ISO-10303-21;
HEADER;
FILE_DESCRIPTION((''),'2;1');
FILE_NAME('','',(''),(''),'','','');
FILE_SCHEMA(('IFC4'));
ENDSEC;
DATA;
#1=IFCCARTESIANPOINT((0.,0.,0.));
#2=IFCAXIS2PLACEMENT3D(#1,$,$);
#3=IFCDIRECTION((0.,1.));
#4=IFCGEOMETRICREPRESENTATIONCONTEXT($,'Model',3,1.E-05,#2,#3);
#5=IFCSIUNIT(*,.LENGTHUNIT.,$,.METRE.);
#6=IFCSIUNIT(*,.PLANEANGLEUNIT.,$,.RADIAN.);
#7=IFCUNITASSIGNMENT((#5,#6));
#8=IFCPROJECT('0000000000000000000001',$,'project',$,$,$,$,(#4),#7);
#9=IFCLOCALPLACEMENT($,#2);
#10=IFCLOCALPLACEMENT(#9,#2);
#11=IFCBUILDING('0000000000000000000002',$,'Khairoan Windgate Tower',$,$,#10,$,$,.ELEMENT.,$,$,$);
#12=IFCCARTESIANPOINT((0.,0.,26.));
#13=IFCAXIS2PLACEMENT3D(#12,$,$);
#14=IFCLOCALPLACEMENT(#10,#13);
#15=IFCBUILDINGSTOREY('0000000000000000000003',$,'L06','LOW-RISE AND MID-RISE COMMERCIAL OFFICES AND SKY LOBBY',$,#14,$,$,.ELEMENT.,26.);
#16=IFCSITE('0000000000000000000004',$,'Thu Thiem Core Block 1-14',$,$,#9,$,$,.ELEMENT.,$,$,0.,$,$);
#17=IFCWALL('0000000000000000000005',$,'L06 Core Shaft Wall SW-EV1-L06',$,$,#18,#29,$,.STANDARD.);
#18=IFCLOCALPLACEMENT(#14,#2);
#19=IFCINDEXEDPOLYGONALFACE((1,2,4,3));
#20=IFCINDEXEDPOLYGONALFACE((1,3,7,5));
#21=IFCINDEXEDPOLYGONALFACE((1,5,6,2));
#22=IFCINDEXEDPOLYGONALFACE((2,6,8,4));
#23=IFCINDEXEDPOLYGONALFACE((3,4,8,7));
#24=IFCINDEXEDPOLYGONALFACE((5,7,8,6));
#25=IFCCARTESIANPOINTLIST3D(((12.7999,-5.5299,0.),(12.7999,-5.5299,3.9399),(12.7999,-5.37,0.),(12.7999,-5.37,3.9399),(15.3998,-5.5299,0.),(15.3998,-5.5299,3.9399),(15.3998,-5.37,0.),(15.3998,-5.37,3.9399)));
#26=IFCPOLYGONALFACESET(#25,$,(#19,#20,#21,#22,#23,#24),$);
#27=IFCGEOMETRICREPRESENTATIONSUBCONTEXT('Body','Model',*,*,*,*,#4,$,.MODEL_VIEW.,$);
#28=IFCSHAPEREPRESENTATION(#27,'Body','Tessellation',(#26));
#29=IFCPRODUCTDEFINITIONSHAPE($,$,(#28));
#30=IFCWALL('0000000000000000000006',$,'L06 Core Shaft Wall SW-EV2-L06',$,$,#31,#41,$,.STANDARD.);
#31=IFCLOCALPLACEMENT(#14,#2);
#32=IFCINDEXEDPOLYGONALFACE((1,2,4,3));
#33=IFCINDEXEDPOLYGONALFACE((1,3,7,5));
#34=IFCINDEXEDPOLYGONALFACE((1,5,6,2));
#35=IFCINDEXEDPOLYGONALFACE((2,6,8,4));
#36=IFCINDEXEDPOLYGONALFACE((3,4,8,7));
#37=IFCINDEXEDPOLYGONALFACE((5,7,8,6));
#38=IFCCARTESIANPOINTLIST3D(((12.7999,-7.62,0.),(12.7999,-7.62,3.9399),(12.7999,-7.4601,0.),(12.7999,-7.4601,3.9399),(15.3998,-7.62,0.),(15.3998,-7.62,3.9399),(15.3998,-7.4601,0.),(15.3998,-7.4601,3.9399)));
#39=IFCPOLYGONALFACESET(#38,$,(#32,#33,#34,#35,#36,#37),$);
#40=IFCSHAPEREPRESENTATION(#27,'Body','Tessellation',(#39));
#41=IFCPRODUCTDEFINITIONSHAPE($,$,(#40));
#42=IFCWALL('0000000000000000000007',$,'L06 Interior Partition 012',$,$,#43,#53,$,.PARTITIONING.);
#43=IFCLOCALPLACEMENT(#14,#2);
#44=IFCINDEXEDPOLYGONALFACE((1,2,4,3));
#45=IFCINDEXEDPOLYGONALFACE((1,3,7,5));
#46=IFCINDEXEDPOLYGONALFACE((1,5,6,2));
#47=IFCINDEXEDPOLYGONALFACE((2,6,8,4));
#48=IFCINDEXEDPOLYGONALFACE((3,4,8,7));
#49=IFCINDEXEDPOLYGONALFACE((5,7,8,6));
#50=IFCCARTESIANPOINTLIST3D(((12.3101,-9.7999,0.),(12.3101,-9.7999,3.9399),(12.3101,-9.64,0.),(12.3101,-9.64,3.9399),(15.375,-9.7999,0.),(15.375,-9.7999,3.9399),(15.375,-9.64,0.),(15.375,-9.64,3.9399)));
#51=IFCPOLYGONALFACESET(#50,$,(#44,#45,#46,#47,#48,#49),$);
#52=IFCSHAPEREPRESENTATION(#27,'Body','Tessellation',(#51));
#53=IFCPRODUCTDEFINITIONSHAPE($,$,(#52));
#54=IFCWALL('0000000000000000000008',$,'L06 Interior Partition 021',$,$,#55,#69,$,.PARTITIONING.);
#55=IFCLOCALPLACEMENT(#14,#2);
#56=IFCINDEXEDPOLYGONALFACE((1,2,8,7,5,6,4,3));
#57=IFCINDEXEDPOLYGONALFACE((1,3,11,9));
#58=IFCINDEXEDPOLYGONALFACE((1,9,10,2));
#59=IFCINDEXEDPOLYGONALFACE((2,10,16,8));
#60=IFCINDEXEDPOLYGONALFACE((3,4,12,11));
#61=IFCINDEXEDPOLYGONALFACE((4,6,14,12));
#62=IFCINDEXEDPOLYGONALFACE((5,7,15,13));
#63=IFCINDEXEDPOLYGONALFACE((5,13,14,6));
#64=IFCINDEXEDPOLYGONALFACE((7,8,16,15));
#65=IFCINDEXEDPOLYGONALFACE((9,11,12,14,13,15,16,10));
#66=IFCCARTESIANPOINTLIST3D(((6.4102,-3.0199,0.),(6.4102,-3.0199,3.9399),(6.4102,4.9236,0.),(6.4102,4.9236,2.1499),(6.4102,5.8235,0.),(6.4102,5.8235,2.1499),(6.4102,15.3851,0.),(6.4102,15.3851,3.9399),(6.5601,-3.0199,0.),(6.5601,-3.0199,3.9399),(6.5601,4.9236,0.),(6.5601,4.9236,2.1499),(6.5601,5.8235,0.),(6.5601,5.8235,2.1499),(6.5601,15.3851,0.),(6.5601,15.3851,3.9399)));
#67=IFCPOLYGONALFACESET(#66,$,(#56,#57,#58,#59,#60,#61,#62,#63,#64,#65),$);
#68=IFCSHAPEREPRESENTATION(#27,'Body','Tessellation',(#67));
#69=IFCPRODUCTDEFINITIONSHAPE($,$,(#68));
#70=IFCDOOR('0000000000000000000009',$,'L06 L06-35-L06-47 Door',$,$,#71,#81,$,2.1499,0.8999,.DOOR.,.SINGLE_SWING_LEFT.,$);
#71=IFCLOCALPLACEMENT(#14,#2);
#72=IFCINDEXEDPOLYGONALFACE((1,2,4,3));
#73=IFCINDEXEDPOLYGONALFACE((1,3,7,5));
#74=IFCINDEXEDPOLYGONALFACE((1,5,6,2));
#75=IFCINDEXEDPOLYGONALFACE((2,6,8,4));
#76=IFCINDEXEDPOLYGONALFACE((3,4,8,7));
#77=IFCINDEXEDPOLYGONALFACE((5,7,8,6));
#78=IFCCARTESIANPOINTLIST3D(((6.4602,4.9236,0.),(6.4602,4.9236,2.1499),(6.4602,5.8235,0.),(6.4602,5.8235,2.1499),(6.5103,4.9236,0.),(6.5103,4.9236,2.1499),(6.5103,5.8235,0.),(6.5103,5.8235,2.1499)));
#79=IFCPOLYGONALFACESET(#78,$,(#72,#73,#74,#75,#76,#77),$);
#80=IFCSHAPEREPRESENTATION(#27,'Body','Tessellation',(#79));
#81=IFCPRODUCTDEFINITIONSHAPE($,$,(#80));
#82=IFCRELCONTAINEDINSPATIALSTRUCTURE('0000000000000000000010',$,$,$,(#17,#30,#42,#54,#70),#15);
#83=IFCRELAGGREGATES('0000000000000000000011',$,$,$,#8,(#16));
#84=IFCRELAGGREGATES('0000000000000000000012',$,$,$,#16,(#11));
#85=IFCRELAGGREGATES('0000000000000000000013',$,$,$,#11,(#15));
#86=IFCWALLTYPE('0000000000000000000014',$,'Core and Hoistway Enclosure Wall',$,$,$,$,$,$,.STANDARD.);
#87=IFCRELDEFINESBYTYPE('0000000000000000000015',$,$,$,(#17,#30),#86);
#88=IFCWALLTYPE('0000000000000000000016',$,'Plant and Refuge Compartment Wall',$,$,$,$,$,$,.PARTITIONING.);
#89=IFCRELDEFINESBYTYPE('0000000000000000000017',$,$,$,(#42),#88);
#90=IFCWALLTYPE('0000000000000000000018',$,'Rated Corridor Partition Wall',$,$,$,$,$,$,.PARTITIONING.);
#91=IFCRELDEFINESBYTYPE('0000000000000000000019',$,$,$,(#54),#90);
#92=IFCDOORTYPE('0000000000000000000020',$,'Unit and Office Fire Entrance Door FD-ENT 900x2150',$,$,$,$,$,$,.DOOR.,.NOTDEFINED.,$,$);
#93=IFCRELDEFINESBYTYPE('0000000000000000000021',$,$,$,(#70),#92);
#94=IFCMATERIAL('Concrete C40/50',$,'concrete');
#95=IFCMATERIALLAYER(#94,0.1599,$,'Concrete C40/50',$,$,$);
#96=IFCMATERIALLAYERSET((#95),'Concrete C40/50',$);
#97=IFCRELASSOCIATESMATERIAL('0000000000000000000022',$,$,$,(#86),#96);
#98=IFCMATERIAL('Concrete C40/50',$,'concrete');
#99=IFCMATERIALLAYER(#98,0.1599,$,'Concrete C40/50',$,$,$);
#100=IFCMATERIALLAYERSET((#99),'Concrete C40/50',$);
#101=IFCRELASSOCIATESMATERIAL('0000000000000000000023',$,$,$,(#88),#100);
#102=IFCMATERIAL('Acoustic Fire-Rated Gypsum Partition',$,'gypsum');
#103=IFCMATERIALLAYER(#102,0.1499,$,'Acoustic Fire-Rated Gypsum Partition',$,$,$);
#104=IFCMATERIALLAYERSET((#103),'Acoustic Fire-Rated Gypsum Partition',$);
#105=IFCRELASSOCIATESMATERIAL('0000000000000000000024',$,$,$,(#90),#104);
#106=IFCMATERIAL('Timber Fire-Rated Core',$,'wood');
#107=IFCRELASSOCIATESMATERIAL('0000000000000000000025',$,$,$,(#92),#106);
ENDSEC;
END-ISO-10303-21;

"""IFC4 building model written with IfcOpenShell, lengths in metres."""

from ifc_helpers import new_model, si_unit, direction, frame, frame_2d, origin, place, context, subcontext, project, spatial, rectangle, extrude, material, layer, layer_set, type_object, element, fill, save


model = new_model("IFC4")

# Units and contexts
model_context = context("Model", 3, precision=1e-05, world=origin(), true_north=direction((0.0, 1.0)))
body_context = subcontext(model_context, "Body", "Model", "MODEL_VIEW")
ifc_project = project(units=[si_unit("LENGTHUNIT", "METRE"), si_unit("PLANEANGLEUNIT", "RADIAN")], contexts=[model_context])

# Site, building, storey
site_placement = place(None, origin())
site = spatial("IfcSite", under=ifc_project, at=site_placement, Name="Thu Thiem Core Block 1-14", CompositionType="ELEMENT", RefElevation=0.0)
building_placement = place(site_placement, origin())
building = spatial("IfcBuilding", under=site, at=building_placement, Name="Khairoan Windgate Tower", CompositionType="ELEMENT")
storey_placement = place(building_placement, frame((0.0, 0.0, 26.0)))
storey = spatial("IfcBuildingStorey", under=building, at=storey_placement, Name="L06", Description="LOW-RISE AND MID-RISE COMMERCIAL OFFICES AND SKY LOBBY", CompositionType="ELEMENT", Elevation=26.0)

# Shared definitions
ifc_material_1 = material(Name="Concrete C40/50", Category="concrete")
ifc_layer_1 = layer(ifc_material_1, 0.1599, Name="Concrete C40/50")
ifc_layer_set_1 = layer_set([ifc_layer_1], Name="Concrete C40/50")
wall_type_1 = type_object("IfcWallType", Name="Core and Hoistway Enclosure Wall", PredefinedType="STANDARD", material=ifc_layer_set_1)

# Walls
for number, where, z_axis, x_axis, name in (
    (1, (12.8, -5.45, 0.0), (0.0, 0.0, 1.0), (1.0, 0.0, 0.0), "L06 Core Shaft Wall SW-EV1-L06"),
    (2, (12.8, -7.54, 0.0), (0.0, 0.0, 1.0), (1.0, 0.0, 0.0), "L06 Core Shaft Wall SW-EV2-L06"),
):
    element("IfcWall", number, at=place(storey_placement, frame(where, z_axis=z_axis, x_axis=x_axis)), inside=storey, type_object=wall_type_1, Name=name, PredefinedType="STANDARD", context=body_context, shape_type="SweptSolid", body=[
        extrude(rectangle(XDim=2.5999, YDim=0.1599, at=frame_2d((1.2998, 0.0))), origin(), (0.0, 0.0, 1.0), 3.9399),
    ])
ifc_material_2 = material(Name="Concrete C40/50", Category="concrete")
ifc_layer_2 = layer(ifc_material_2, 0.1599, Name="Concrete C40/50")
ifc_layer_set_2 = layer_set([ifc_layer_2], Name="Concrete C40/50")
wall_type_2 = type_object("IfcWallType", Name="Plant and Refuge Compartment Wall", PredefinedType="PARTITIONING", material=ifc_layer_set_2)
wall_1_placement = place(storey_placement, frame((12.3101, -9.72, 0.0), z_axis=(0.0, 0.0, 1.0), x_axis=(1.0, 0.0, 0.0)))
element("IfcWall", 3, at=wall_1_placement, inside=storey, type_object=wall_type_2, Name="L06 Interior Partition 012", PredefinedType="PARTITIONING", context=body_context, shape_type="SweptSolid", body=[
    extrude(rectangle(XDim=3.0649, YDim=0.1599, at=frame_2d((1.5325, 0.0))), origin(), (0.0, 0.0, 1.0), 3.9399),
])

# Wall, opening, door
ifc_material_3 = material(Name="Acoustic Fire-Rated Gypsum Partition", Category="gypsum")
ifc_layer_3 = layer(ifc_material_3, 0.1499, Name="Acoustic Fire-Rated Gypsum Partition")
ifc_layer_set_3 = layer_set([ifc_layer_3], Name="Acoustic Fire-Rated Gypsum Partition")
wall_type_3 = type_object("IfcWallType", Name="Rated Corridor Partition Wall", PredefinedType="PARTITIONING", material=ifc_layer_set_3)
wall_2_placement = place(storey_placement, frame((6.4851, -3.02, 0.0), z_axis=(0.0, 0.0, 1.0), x_axis=(0.0, 1.0, 0.0)))
wall_2 = element("IfcWall", 4, at=wall_2_placement, inside=storey, type_object=wall_type_3, Name="L06 Interior Partition 021", PredefinedType="PARTITIONING", context=body_context, shape_type="SweptSolid", body=[
    extrude(rectangle(XDim=18.405, YDim=0.1499, at=frame_2d((9.2026, 0.0))), origin(), (0.0, 0.0, 1.0), 3.9399),
])
opening_1_placement = place(wall_2_placement, frame((7.9436, 0.0, 0.0)))
opening_1 = element("IfcOpeningElement", 5, at=opening_1_placement, cuts=wall_2, PredefinedType="OPENING", context=body_context, shape_type="SweptSolid", body=[
    extrude(rectangle(XDim=0.8999, YDim=2.1499, at=frame_2d((0.45, 1.075))), frame((0.0, 0.085, 0.0), z_axis=(0.0, -1.0, 0.0), x_axis=(1.0, 0.0, 0.0)), (0.0, 0.0, 1.0), 0.1699),
])
ifc_material_4 = material(Name="Timber Fire-Rated Core", Category="wood")
door_type_1 = type_object("IfcDoorType", Name="Unit and Office Fire Entrance Door FD-ENT 900x2150", OperationType="NOTDEFINED", PredefinedType="DOOR", material=ifc_material_4)
door_1_placement = place(opening_1_placement, origin())
door_1 = element("IfcDoor", 6, at=door_1_placement, inside=storey, type_object=door_type_1, Name="L06 L06-35-L06-47 Door", OperationType="SINGLE_SWING_LEFT", OverallHeight=2.1499, OverallWidth=0.8999, PredefinedType="DOOR", context=body_context, shape_type="SweptSolid", body=[
    extrude(rectangle(XDim=0.8999, YDim=2.1499, at=frame_2d((0.45, 1.075))), frame((0.0, 0.0249, 0.0), z_axis=(0.0, -1.0, 0.0), x_axis=(1.0, 0.0, 0.0)), (0.0, 0.0, 1.0), 0.05),
])
fill(opening_1, door_1)

save(model, "model.ifc")
